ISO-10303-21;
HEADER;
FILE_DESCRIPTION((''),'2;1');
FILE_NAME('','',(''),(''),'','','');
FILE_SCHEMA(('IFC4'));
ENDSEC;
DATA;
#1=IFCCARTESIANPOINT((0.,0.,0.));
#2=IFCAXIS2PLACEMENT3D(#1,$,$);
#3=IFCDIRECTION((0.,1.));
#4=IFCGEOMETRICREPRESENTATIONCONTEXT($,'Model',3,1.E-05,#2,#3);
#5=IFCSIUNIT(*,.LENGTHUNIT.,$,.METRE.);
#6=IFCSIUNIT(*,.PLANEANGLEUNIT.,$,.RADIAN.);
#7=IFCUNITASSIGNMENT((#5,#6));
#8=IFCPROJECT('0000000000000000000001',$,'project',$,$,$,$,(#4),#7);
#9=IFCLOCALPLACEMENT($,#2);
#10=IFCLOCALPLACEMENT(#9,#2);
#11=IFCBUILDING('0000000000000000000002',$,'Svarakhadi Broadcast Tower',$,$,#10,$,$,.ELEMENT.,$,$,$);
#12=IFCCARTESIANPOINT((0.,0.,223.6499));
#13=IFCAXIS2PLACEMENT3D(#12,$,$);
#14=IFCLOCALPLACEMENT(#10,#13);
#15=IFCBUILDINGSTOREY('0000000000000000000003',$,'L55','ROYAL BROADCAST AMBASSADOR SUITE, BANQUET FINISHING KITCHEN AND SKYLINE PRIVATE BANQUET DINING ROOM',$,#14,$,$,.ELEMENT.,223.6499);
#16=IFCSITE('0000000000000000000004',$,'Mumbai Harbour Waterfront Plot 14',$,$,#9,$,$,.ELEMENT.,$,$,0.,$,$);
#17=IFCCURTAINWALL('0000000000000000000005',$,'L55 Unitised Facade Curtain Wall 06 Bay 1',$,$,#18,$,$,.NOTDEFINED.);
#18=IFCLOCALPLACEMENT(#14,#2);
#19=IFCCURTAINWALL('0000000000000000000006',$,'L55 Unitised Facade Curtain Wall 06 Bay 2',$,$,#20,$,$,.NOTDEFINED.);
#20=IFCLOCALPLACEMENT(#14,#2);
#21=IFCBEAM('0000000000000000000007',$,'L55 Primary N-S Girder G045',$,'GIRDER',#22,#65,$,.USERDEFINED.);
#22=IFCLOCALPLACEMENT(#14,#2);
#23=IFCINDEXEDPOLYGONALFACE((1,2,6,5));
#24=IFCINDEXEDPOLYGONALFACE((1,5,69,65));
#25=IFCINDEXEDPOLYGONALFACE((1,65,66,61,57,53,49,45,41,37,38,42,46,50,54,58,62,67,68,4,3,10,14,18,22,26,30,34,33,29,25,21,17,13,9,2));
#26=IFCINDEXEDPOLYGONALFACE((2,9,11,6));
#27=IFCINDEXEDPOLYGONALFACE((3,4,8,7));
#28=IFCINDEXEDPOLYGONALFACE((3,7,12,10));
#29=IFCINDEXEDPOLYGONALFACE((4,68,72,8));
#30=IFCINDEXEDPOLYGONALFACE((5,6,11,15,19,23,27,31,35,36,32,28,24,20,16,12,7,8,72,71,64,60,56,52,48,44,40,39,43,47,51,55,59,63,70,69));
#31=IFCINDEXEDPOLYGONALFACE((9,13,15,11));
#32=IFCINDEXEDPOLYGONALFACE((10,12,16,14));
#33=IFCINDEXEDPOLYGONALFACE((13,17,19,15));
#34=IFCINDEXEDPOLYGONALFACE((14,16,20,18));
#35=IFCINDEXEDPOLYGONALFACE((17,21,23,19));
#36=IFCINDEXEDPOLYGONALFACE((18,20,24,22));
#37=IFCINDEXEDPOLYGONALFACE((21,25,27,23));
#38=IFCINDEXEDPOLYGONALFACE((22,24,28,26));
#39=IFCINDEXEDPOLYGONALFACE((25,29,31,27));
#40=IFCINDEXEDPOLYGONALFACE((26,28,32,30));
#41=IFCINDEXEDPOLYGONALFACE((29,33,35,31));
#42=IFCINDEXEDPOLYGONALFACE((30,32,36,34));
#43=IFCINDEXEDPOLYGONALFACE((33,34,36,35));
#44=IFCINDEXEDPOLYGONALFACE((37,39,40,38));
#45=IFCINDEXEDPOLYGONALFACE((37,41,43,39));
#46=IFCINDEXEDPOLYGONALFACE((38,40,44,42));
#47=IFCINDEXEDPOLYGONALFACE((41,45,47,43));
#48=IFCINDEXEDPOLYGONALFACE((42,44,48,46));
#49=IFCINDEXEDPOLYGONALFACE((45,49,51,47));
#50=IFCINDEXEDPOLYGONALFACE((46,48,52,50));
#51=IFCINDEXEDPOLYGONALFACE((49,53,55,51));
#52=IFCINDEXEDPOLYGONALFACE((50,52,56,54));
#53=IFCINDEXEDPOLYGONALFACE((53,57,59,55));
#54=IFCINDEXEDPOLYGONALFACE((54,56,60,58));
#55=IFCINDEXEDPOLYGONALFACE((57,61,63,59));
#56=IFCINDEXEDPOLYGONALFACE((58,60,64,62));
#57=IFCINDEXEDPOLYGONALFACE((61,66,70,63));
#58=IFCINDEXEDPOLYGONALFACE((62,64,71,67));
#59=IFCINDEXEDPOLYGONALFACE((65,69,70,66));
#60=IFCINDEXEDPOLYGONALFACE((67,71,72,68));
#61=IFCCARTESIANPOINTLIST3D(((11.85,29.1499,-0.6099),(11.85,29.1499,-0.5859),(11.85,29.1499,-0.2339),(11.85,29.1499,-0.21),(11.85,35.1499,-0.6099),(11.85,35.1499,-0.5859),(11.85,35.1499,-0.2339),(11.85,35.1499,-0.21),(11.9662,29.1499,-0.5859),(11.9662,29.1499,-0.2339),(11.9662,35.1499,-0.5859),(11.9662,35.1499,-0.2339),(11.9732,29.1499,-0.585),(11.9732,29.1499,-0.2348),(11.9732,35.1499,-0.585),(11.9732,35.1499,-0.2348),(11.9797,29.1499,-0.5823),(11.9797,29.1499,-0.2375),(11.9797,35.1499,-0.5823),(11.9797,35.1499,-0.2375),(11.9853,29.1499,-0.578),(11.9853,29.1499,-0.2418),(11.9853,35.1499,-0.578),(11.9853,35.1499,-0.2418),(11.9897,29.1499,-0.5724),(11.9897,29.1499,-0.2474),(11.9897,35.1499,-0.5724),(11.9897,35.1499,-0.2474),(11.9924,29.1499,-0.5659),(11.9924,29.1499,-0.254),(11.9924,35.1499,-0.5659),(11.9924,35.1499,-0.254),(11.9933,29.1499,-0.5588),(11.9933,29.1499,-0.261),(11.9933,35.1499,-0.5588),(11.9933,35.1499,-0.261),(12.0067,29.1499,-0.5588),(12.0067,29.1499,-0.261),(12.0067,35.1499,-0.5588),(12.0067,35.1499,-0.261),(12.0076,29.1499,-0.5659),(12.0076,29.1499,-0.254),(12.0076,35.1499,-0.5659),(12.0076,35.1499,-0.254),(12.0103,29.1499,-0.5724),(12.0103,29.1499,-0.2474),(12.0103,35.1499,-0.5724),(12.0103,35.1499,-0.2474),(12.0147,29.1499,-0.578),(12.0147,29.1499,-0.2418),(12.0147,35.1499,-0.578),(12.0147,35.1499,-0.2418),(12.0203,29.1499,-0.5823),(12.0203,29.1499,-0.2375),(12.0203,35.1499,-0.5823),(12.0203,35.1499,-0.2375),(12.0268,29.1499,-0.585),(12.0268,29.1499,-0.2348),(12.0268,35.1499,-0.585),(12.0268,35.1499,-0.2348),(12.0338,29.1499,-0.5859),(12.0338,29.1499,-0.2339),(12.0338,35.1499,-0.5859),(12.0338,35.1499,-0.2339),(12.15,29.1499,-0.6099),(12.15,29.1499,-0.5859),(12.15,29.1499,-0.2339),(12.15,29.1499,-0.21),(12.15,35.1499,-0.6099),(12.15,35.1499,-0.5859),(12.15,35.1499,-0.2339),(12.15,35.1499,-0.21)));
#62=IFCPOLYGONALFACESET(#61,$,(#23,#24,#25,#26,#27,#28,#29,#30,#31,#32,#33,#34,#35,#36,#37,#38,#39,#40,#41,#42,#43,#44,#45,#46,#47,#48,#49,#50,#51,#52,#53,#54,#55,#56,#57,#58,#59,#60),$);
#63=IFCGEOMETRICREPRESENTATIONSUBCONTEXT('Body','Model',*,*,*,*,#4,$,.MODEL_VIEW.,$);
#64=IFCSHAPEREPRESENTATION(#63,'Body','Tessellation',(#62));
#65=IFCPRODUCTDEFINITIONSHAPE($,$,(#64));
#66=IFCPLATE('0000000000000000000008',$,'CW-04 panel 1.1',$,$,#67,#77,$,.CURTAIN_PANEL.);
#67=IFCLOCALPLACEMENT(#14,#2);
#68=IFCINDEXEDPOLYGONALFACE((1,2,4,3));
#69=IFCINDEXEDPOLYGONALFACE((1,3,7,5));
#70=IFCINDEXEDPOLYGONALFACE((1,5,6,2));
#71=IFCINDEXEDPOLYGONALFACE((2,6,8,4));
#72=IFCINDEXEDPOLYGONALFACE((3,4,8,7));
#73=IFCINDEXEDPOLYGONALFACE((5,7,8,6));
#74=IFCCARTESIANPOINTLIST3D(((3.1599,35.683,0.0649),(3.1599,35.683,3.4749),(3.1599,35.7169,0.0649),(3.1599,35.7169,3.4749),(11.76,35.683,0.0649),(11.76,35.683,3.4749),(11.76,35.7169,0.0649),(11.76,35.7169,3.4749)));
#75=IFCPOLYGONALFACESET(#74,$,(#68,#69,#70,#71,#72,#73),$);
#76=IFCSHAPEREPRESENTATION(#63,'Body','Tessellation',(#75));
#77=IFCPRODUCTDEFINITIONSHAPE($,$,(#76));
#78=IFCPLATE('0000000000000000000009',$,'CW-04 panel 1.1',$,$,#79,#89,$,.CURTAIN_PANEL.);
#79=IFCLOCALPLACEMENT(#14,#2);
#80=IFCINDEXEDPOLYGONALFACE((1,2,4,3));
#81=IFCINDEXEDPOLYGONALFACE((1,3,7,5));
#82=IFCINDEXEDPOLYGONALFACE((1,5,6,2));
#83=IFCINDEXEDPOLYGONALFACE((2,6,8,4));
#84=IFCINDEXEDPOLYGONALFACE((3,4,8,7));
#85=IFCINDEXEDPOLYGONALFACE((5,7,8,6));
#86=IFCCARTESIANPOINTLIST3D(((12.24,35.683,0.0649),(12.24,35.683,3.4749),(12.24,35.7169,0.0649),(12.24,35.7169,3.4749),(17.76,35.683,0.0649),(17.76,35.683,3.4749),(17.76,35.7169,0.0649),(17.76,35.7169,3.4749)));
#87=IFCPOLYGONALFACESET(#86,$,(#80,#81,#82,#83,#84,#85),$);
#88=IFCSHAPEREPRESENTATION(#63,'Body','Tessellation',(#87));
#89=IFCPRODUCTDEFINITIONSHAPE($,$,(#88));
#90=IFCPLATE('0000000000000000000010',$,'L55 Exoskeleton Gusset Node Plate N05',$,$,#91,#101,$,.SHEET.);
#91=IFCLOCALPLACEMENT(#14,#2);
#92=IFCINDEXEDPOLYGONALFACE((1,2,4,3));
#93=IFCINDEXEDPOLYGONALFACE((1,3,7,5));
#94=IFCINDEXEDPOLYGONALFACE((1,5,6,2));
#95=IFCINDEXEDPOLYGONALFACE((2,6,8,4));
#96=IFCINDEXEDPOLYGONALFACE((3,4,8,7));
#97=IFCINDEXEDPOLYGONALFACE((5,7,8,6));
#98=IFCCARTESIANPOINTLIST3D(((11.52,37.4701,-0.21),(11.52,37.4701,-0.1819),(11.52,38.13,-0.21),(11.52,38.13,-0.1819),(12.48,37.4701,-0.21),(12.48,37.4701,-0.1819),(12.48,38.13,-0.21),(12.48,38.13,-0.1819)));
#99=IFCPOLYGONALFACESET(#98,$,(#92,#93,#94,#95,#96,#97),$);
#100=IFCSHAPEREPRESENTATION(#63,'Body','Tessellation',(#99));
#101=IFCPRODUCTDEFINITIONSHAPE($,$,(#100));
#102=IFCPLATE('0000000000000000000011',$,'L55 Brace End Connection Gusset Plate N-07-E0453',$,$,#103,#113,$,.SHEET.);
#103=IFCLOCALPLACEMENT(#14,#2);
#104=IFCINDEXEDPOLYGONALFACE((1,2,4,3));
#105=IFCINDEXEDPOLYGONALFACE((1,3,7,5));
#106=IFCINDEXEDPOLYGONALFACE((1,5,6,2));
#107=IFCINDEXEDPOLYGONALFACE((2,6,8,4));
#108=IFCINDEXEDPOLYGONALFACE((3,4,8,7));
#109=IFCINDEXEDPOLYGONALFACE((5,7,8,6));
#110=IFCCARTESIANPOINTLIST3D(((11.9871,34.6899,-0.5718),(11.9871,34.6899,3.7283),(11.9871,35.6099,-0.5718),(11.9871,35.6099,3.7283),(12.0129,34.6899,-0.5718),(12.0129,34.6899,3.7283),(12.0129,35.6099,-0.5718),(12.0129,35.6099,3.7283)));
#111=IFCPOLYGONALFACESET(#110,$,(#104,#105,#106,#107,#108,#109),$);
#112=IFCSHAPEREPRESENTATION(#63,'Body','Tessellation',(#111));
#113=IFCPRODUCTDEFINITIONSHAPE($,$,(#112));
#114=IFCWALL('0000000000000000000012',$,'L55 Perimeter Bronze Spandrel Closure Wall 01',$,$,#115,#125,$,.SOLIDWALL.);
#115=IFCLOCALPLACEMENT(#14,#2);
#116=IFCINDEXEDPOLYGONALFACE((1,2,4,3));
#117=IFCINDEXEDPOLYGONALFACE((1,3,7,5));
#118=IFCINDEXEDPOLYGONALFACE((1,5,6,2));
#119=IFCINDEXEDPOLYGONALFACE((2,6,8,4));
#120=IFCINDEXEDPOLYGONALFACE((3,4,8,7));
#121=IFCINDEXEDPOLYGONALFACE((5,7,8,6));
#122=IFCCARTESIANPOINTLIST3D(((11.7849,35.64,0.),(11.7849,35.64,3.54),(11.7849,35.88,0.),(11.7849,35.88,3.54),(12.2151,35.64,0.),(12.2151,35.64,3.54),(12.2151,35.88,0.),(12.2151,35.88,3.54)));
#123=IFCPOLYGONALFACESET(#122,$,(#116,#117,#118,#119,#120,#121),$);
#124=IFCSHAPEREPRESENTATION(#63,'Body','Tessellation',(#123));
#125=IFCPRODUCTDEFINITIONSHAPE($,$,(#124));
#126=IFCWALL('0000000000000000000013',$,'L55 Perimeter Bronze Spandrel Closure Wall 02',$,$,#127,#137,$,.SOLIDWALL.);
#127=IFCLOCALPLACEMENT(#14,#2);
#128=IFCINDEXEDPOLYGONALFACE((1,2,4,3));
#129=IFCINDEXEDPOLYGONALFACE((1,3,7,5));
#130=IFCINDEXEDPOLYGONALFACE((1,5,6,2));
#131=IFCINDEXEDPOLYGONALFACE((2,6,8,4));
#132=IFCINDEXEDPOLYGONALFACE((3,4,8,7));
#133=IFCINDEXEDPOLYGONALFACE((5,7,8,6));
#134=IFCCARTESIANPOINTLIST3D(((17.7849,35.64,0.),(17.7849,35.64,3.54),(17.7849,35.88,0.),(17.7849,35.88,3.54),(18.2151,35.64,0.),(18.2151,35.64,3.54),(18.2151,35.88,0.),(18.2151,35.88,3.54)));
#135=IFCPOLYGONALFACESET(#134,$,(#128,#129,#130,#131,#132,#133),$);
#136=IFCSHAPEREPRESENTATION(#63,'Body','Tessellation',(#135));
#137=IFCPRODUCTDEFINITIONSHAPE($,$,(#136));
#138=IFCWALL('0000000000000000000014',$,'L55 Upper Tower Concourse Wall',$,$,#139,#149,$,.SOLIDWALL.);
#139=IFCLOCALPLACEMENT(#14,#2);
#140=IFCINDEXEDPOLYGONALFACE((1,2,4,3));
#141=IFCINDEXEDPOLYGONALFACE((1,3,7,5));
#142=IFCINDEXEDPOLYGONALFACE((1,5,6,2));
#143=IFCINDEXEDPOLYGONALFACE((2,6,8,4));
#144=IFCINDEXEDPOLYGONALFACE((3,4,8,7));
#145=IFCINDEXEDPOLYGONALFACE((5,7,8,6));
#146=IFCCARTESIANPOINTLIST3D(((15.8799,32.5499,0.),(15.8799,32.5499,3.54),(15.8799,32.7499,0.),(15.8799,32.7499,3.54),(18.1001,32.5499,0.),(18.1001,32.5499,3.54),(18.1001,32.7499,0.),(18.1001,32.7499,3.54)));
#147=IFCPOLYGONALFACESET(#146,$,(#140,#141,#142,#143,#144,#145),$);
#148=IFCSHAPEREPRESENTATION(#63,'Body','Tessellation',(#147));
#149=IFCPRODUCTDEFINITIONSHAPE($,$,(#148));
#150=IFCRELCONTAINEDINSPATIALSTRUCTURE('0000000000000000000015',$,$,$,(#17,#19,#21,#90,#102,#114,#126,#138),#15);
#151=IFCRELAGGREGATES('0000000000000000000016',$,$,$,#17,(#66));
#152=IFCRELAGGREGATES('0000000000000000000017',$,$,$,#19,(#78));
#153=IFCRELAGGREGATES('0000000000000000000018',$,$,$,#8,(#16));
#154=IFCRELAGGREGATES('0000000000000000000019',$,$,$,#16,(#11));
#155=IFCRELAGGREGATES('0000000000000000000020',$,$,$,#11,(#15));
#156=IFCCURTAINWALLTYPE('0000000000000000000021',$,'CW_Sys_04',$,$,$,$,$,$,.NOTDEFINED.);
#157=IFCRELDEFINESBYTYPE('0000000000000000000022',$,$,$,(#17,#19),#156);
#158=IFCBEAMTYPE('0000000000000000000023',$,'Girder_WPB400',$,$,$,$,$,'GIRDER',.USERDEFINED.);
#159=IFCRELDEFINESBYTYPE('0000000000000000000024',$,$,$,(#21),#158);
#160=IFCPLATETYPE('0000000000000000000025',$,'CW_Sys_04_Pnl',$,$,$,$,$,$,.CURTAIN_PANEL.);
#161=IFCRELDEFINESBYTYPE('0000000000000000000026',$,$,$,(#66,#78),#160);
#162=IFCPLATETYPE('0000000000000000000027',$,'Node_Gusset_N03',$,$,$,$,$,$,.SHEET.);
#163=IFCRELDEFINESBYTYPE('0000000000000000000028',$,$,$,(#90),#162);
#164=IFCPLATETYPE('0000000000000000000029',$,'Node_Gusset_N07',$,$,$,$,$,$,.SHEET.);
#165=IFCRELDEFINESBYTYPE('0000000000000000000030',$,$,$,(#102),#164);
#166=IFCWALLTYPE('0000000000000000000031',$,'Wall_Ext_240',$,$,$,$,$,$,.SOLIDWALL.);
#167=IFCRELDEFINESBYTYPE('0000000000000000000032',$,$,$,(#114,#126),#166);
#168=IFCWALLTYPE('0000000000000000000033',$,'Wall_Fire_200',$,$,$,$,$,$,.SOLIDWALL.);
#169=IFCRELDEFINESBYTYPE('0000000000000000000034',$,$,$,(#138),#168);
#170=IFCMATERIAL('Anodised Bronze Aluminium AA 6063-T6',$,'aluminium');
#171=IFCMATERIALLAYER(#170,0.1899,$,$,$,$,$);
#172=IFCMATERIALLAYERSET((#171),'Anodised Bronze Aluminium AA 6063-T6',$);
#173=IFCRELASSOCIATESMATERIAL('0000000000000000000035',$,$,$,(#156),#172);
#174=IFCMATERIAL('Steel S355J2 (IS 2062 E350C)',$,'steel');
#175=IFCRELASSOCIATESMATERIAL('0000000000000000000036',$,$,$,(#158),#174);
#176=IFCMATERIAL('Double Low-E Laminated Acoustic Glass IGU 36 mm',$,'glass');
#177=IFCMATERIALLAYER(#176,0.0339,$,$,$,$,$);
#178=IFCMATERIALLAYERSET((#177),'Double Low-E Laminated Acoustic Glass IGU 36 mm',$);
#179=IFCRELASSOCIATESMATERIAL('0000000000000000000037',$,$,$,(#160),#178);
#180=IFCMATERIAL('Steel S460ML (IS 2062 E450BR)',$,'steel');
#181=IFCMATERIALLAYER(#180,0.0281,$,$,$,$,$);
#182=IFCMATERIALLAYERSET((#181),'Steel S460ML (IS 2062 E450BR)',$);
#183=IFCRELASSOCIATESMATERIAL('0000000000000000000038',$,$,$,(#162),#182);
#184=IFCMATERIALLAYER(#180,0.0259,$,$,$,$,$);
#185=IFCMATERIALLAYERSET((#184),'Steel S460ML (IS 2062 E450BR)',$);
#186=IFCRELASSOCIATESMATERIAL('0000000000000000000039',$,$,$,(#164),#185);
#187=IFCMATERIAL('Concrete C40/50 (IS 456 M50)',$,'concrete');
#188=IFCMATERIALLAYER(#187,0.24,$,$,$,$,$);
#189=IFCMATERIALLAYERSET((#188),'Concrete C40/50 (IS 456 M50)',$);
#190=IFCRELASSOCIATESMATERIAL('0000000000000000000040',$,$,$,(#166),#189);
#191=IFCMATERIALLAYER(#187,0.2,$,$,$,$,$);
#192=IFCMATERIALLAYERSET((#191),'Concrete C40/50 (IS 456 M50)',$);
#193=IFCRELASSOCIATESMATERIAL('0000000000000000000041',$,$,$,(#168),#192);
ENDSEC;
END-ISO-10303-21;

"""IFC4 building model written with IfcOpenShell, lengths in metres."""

from ifc_helpers import new_model, si_unit, direction, frame, frame_2d, origin, origin_2d, place, context, subcontext, project, spatial, rectangle, i_section, extrude, material, layer, layer_set, material_profile, profile_set, type_object, element, aggregate, save


model = new_model("IFC4")

# Units and contexts
model_context = context("Model", 3, precision=1e-05, world=origin(), true_north=direction((0.0, 1.0)))
body_context = subcontext(model_context, "Body", "Model", "MODEL_VIEW")
ifc_project = project(units=[si_unit("LENGTHUNIT", "METRE"), si_unit("PLANEANGLEUNIT", "RADIAN")], contexts=[model_context])

# Site, building, storey
site_placement = place(None, origin())
site = spatial("IfcSite", under=ifc_project, at=site_placement, Name="Mumbai Harbour Waterfront Plot 14", CompositionType="ELEMENT", RefElevation=0.0)
building_placement = place(site_placement, origin())
building = spatial("IfcBuilding", under=site, at=building_placement, Name="Svarakhadi Broadcast Tower", CompositionType="ELEMENT")
storey_placement = place(building_placement, frame((0.0, 0.0, 223.6499)))
storey = spatial("IfcBuildingStorey", under=building, at=storey_placement, Name="L55", Description="ROYAL BROADCAST AMBASSADOR SUITE, BANQUET FINISHING KITCHEN AND SKYLINE PRIVATE BANQUET DINING ROOM", CompositionType="ELEMENT", Elevation=223.6499)

# Shared definitions
ifc_material_1 = material(Name="Steel S460ML (IS 2062 E450BR)", Category="steel")

# Shared definitions
ifc_material_2 = material(Name="Steel S355J2 (IS 2062 E350C)", Category="steel")

# Curtain wall
ifc_material_3 = material(Name="Anodised Bronze Aluminium AA 6063-T6", Category="aluminium")
ifc_layer_1 = layer(ifc_material_3, 0.1899)
ifc_layer_set_1 = layer_set([ifc_layer_1], Name="Anodised Bronze Aluminium AA 6063-T6")
curtain_wall_type = type_object("IfcCurtainWallType", Name="CW_Sys_04", PredefinedType="NOTDEFINED", material=ifc_layer_set_1)
curtain_wall_1_placement = place(storey_placement, origin())
curtain_wall_1 = element("IfcCurtainWall", 1, at=curtain_wall_1_placement, inside=storey, type_object=curtain_wall_type, Name="L55 Unitised Facade Curtain Wall 06 Bay 1", PredefinedType="NOTDEFINED")

# Curtain wall
curtain_wall_2_placement = place(storey_placement, origin())
curtain_wall_2 = element("IfcCurtainWall", 2, at=curtain_wall_2_placement, inside=storey, type_object=curtain_wall_type, Name="L55 Unitised Facade Curtain Wall 06 Bay 2", PredefinedType="NOTDEFINED")

# Beam
ifc_material_profile_1 = material_profile(ifc_material_2, i_section(OverallWidth=0.3, OverallDepth=0.3999, WebThickness=0.0134, FlangeThickness=0.0239, FilletRadius=0.0271, at=origin_2d()), Name="WPB 400x300x155")
ifc_profile_set_1 = profile_set([ifc_material_profile_1], Name="Steel S355J2 (IS 2062 E350C)")
beam_type_1 = type_object("IfcBeamType", Name="Girder_WPB400", ElementType="GIRDER", PredefinedType="USERDEFINED", material=ifc_profile_set_1)
for number, where, z_axis, x_axis, name in (
    (3, (12.0, 29.1499, -0.4099), (0.0, 1.0, 0.0), (-1.0, 0.0, 0.0), "L55 Primary N-S Girder G045"),
):
    element("IfcBeam", number, at=place(storey_placement, frame(where, z_axis=z_axis, x_axis=x_axis)), inside=storey, type_object=beam_type_1, Name=name, ObjectType="GIRDER", PredefinedType="USERDEFINED", context=body_context, shape_type="SweptSolid", body=[
        extrude(i_section(OverallWidth=0.3, OverallDepth=0.3999, WebThickness=0.0134, FlangeThickness=0.0239, FilletRadius=0.0271, at=origin_2d()), origin(), (0.0, 0.0, 1.0), 6.0),
    ])

# Plates
ifc_material_4 = material(Name="Double Low-E Laminated Acoustic Glass IGU 36 mm", Category="glass")
ifc_layer_2 = layer(ifc_material_4, 0.0339)
ifc_layer_set_2 = layer_set([ifc_layer_2], Name="Double Low-E Laminated Acoustic Glass IGU 36 mm")
plate_type_1 = type_object("IfcPlateType", Name="CW_Sys_04_Pnl", PredefinedType="CURTAIN_PANEL", material=ifc_layer_set_2)
plate_1_placement = place(storey_placement, frame((7.46, 35.7, 0.0649), z_axis=(0.0, 0.0, 1.0), x_axis=(1.0, 0.0, 0.0)))
plate_1 = element("IfcPlate", 4, at=plate_1_placement, type_object=plate_type_1, Name="CW-04 panel 1.1", PredefinedType="CURTAIN_PANEL", context=body_context, shape_type="SweptSolid", body=[
    extrude(rectangle(XDim=8.6001, YDim=0.0339, at=origin_2d()), origin(), (0.0, 0.0, 1.0), 3.4099),
])
aggregate(curtain_wall_1, [plate_1])
plate_2_placement = place(storey_placement, frame((15.0, 35.7, 0.0649), z_axis=(0.0, 0.0, 1.0), x_axis=(1.0, 0.0, 0.0)))
plate_2 = element("IfcPlate", 5, at=plate_2_placement, type_object=plate_type_1, Name="CW-04 panel 1.1", PredefinedType="CURTAIN_PANEL", context=body_context, shape_type="SweptSolid", body=[
    extrude(rectangle(XDim=5.52, YDim=0.0339, at=origin_2d()), origin(), (0.0, 0.0, 1.0), 3.4099),
])
aggregate(curtain_wall_2, [plate_2])

# Plates
ifc_layer_3 = layer(ifc_material_1, 0.0281)
ifc_layer_set_3 = layer_set([ifc_layer_3], Name="Steel S460ML (IS 2062 E450BR)")
plate_type_2 = type_object("IfcPlateType", Name="Node_Gusset_N03", PredefinedType="SHEET", material=ifc_layer_set_3)
plate_3_placement = place(storey_placement, frame((12.0, 37.8, -0.21), z_axis=(0.0, 0.0, 1.0), x_axis=(1.0, 0.0, 0.0)))
element("IfcPlate", 6, at=plate_3_placement, inside=storey, type_object=plate_type_2, Name="L55 Exoskeleton Gusset Node Plate N05", PredefinedType="SHEET", context=body_context, shape_type="SweptSolid", body=[
    extrude(rectangle(XDim=0.96, YDim=0.6599, at=origin_2d()), origin(), (0.0, 0.0, 1.0), 0.0281),
])
ifc_layer_4 = layer(ifc_material_1, 0.0259)
ifc_layer_set_4 = layer_set([ifc_layer_4], Name="Steel S460ML (IS 2062 E450BR)")
plate_type_3 = type_object("IfcPlateType", Name="Node_Gusset_N07", PredefinedType="SHEET", material=ifc_layer_set_4)
plate_4_placement = place(storey_placement, frame((12.0, 35.1499, -0.5718), z_axis=(0.0, 0.0, 1.0), x_axis=(0.0, 1.0, 0.0)))
element("IfcPlate", 7, at=plate_4_placement, inside=storey, type_object=plate_type_3, Name="L55 Brace End Connection Gusset Plate N-07-E0453", PredefinedType="SHEET", context=body_context, shape_type="SweptSolid", body=[
    extrude(rectangle(XDim=0.9199, YDim=0.0259, at=origin_2d()), origin(), (0.0, 0.0, 1.0), 4.3),
])

# Walls
ifc_material_5 = material(Name="Concrete C40/50 (IS 456 M50)", Category="concrete")
ifc_layer_5 = layer(ifc_material_5, 0.24)
ifc_layer_set_5 = layer_set([ifc_layer_5], Name="Concrete C40/50 (IS 456 M50)")
wall_type_1 = type_object("IfcWallType", Name="Wall_Ext_240", PredefinedType="SOLIDWALL", material=ifc_layer_set_5)
for number, where, z_axis, x_axis, name in (
    (8, (11.7849, 35.76, 0.0), (0.0, 0.0, 1.0), (1.0, 0.0, 0.0), "L55 Perimeter Bronze Spandrel Closure Wall 01"),
    (9, (17.7849, 35.76, 0.0), (0.0, 0.0, 1.0), (1.0, 0.0, 0.0), "L55 Perimeter Bronze Spandrel Closure Wall 02"),
):
    element("IfcWall", number, at=place(storey_placement, frame(where, z_axis=z_axis, x_axis=x_axis)), inside=storey, type_object=wall_type_1, Name=name, PredefinedType="SOLIDWALL", context=body_context, shape_type="SweptSolid", body=[
        extrude(rectangle(XDim=0.4302, YDim=0.24, at=frame_2d((0.2151, 0.0))), origin(), (0.0, 0.0, 1.0), 3.54),
    ])

# Shared definitions
ifc_layer_6 = layer(ifc_material_5, 0.2)
ifc_layer_set_6 = layer_set([ifc_layer_6], Name="Concrete C40/50 (IS 456 M50)")
wall_type_2 = type_object("IfcWallType", Name="Wall_Fire_200", PredefinedType="SOLIDWALL", material=ifc_layer_set_6)

# Wall
wall_1_placement = place(storey_placement, frame((15.8799, 32.6499, 0.0), z_axis=(0.0, 0.0, 1.0), x_axis=(1.0, 0.0, 0.0)))
element("IfcWall", 10, at=wall_1_placement, inside=storey, type_object=wall_type_2, Name="L55 Upper Tower Concourse Wall", PredefinedType="SOLIDWALL", context=body_context, shape_type="SweptSolid", body=[
    extrude(rectangle(XDim=2.2202, YDim=0.2, at=frame_2d((1.1101, 0.0))), origin(), (0.0, 0.0, 1.0), 3.54),
])

save(model, "model.ifc")
